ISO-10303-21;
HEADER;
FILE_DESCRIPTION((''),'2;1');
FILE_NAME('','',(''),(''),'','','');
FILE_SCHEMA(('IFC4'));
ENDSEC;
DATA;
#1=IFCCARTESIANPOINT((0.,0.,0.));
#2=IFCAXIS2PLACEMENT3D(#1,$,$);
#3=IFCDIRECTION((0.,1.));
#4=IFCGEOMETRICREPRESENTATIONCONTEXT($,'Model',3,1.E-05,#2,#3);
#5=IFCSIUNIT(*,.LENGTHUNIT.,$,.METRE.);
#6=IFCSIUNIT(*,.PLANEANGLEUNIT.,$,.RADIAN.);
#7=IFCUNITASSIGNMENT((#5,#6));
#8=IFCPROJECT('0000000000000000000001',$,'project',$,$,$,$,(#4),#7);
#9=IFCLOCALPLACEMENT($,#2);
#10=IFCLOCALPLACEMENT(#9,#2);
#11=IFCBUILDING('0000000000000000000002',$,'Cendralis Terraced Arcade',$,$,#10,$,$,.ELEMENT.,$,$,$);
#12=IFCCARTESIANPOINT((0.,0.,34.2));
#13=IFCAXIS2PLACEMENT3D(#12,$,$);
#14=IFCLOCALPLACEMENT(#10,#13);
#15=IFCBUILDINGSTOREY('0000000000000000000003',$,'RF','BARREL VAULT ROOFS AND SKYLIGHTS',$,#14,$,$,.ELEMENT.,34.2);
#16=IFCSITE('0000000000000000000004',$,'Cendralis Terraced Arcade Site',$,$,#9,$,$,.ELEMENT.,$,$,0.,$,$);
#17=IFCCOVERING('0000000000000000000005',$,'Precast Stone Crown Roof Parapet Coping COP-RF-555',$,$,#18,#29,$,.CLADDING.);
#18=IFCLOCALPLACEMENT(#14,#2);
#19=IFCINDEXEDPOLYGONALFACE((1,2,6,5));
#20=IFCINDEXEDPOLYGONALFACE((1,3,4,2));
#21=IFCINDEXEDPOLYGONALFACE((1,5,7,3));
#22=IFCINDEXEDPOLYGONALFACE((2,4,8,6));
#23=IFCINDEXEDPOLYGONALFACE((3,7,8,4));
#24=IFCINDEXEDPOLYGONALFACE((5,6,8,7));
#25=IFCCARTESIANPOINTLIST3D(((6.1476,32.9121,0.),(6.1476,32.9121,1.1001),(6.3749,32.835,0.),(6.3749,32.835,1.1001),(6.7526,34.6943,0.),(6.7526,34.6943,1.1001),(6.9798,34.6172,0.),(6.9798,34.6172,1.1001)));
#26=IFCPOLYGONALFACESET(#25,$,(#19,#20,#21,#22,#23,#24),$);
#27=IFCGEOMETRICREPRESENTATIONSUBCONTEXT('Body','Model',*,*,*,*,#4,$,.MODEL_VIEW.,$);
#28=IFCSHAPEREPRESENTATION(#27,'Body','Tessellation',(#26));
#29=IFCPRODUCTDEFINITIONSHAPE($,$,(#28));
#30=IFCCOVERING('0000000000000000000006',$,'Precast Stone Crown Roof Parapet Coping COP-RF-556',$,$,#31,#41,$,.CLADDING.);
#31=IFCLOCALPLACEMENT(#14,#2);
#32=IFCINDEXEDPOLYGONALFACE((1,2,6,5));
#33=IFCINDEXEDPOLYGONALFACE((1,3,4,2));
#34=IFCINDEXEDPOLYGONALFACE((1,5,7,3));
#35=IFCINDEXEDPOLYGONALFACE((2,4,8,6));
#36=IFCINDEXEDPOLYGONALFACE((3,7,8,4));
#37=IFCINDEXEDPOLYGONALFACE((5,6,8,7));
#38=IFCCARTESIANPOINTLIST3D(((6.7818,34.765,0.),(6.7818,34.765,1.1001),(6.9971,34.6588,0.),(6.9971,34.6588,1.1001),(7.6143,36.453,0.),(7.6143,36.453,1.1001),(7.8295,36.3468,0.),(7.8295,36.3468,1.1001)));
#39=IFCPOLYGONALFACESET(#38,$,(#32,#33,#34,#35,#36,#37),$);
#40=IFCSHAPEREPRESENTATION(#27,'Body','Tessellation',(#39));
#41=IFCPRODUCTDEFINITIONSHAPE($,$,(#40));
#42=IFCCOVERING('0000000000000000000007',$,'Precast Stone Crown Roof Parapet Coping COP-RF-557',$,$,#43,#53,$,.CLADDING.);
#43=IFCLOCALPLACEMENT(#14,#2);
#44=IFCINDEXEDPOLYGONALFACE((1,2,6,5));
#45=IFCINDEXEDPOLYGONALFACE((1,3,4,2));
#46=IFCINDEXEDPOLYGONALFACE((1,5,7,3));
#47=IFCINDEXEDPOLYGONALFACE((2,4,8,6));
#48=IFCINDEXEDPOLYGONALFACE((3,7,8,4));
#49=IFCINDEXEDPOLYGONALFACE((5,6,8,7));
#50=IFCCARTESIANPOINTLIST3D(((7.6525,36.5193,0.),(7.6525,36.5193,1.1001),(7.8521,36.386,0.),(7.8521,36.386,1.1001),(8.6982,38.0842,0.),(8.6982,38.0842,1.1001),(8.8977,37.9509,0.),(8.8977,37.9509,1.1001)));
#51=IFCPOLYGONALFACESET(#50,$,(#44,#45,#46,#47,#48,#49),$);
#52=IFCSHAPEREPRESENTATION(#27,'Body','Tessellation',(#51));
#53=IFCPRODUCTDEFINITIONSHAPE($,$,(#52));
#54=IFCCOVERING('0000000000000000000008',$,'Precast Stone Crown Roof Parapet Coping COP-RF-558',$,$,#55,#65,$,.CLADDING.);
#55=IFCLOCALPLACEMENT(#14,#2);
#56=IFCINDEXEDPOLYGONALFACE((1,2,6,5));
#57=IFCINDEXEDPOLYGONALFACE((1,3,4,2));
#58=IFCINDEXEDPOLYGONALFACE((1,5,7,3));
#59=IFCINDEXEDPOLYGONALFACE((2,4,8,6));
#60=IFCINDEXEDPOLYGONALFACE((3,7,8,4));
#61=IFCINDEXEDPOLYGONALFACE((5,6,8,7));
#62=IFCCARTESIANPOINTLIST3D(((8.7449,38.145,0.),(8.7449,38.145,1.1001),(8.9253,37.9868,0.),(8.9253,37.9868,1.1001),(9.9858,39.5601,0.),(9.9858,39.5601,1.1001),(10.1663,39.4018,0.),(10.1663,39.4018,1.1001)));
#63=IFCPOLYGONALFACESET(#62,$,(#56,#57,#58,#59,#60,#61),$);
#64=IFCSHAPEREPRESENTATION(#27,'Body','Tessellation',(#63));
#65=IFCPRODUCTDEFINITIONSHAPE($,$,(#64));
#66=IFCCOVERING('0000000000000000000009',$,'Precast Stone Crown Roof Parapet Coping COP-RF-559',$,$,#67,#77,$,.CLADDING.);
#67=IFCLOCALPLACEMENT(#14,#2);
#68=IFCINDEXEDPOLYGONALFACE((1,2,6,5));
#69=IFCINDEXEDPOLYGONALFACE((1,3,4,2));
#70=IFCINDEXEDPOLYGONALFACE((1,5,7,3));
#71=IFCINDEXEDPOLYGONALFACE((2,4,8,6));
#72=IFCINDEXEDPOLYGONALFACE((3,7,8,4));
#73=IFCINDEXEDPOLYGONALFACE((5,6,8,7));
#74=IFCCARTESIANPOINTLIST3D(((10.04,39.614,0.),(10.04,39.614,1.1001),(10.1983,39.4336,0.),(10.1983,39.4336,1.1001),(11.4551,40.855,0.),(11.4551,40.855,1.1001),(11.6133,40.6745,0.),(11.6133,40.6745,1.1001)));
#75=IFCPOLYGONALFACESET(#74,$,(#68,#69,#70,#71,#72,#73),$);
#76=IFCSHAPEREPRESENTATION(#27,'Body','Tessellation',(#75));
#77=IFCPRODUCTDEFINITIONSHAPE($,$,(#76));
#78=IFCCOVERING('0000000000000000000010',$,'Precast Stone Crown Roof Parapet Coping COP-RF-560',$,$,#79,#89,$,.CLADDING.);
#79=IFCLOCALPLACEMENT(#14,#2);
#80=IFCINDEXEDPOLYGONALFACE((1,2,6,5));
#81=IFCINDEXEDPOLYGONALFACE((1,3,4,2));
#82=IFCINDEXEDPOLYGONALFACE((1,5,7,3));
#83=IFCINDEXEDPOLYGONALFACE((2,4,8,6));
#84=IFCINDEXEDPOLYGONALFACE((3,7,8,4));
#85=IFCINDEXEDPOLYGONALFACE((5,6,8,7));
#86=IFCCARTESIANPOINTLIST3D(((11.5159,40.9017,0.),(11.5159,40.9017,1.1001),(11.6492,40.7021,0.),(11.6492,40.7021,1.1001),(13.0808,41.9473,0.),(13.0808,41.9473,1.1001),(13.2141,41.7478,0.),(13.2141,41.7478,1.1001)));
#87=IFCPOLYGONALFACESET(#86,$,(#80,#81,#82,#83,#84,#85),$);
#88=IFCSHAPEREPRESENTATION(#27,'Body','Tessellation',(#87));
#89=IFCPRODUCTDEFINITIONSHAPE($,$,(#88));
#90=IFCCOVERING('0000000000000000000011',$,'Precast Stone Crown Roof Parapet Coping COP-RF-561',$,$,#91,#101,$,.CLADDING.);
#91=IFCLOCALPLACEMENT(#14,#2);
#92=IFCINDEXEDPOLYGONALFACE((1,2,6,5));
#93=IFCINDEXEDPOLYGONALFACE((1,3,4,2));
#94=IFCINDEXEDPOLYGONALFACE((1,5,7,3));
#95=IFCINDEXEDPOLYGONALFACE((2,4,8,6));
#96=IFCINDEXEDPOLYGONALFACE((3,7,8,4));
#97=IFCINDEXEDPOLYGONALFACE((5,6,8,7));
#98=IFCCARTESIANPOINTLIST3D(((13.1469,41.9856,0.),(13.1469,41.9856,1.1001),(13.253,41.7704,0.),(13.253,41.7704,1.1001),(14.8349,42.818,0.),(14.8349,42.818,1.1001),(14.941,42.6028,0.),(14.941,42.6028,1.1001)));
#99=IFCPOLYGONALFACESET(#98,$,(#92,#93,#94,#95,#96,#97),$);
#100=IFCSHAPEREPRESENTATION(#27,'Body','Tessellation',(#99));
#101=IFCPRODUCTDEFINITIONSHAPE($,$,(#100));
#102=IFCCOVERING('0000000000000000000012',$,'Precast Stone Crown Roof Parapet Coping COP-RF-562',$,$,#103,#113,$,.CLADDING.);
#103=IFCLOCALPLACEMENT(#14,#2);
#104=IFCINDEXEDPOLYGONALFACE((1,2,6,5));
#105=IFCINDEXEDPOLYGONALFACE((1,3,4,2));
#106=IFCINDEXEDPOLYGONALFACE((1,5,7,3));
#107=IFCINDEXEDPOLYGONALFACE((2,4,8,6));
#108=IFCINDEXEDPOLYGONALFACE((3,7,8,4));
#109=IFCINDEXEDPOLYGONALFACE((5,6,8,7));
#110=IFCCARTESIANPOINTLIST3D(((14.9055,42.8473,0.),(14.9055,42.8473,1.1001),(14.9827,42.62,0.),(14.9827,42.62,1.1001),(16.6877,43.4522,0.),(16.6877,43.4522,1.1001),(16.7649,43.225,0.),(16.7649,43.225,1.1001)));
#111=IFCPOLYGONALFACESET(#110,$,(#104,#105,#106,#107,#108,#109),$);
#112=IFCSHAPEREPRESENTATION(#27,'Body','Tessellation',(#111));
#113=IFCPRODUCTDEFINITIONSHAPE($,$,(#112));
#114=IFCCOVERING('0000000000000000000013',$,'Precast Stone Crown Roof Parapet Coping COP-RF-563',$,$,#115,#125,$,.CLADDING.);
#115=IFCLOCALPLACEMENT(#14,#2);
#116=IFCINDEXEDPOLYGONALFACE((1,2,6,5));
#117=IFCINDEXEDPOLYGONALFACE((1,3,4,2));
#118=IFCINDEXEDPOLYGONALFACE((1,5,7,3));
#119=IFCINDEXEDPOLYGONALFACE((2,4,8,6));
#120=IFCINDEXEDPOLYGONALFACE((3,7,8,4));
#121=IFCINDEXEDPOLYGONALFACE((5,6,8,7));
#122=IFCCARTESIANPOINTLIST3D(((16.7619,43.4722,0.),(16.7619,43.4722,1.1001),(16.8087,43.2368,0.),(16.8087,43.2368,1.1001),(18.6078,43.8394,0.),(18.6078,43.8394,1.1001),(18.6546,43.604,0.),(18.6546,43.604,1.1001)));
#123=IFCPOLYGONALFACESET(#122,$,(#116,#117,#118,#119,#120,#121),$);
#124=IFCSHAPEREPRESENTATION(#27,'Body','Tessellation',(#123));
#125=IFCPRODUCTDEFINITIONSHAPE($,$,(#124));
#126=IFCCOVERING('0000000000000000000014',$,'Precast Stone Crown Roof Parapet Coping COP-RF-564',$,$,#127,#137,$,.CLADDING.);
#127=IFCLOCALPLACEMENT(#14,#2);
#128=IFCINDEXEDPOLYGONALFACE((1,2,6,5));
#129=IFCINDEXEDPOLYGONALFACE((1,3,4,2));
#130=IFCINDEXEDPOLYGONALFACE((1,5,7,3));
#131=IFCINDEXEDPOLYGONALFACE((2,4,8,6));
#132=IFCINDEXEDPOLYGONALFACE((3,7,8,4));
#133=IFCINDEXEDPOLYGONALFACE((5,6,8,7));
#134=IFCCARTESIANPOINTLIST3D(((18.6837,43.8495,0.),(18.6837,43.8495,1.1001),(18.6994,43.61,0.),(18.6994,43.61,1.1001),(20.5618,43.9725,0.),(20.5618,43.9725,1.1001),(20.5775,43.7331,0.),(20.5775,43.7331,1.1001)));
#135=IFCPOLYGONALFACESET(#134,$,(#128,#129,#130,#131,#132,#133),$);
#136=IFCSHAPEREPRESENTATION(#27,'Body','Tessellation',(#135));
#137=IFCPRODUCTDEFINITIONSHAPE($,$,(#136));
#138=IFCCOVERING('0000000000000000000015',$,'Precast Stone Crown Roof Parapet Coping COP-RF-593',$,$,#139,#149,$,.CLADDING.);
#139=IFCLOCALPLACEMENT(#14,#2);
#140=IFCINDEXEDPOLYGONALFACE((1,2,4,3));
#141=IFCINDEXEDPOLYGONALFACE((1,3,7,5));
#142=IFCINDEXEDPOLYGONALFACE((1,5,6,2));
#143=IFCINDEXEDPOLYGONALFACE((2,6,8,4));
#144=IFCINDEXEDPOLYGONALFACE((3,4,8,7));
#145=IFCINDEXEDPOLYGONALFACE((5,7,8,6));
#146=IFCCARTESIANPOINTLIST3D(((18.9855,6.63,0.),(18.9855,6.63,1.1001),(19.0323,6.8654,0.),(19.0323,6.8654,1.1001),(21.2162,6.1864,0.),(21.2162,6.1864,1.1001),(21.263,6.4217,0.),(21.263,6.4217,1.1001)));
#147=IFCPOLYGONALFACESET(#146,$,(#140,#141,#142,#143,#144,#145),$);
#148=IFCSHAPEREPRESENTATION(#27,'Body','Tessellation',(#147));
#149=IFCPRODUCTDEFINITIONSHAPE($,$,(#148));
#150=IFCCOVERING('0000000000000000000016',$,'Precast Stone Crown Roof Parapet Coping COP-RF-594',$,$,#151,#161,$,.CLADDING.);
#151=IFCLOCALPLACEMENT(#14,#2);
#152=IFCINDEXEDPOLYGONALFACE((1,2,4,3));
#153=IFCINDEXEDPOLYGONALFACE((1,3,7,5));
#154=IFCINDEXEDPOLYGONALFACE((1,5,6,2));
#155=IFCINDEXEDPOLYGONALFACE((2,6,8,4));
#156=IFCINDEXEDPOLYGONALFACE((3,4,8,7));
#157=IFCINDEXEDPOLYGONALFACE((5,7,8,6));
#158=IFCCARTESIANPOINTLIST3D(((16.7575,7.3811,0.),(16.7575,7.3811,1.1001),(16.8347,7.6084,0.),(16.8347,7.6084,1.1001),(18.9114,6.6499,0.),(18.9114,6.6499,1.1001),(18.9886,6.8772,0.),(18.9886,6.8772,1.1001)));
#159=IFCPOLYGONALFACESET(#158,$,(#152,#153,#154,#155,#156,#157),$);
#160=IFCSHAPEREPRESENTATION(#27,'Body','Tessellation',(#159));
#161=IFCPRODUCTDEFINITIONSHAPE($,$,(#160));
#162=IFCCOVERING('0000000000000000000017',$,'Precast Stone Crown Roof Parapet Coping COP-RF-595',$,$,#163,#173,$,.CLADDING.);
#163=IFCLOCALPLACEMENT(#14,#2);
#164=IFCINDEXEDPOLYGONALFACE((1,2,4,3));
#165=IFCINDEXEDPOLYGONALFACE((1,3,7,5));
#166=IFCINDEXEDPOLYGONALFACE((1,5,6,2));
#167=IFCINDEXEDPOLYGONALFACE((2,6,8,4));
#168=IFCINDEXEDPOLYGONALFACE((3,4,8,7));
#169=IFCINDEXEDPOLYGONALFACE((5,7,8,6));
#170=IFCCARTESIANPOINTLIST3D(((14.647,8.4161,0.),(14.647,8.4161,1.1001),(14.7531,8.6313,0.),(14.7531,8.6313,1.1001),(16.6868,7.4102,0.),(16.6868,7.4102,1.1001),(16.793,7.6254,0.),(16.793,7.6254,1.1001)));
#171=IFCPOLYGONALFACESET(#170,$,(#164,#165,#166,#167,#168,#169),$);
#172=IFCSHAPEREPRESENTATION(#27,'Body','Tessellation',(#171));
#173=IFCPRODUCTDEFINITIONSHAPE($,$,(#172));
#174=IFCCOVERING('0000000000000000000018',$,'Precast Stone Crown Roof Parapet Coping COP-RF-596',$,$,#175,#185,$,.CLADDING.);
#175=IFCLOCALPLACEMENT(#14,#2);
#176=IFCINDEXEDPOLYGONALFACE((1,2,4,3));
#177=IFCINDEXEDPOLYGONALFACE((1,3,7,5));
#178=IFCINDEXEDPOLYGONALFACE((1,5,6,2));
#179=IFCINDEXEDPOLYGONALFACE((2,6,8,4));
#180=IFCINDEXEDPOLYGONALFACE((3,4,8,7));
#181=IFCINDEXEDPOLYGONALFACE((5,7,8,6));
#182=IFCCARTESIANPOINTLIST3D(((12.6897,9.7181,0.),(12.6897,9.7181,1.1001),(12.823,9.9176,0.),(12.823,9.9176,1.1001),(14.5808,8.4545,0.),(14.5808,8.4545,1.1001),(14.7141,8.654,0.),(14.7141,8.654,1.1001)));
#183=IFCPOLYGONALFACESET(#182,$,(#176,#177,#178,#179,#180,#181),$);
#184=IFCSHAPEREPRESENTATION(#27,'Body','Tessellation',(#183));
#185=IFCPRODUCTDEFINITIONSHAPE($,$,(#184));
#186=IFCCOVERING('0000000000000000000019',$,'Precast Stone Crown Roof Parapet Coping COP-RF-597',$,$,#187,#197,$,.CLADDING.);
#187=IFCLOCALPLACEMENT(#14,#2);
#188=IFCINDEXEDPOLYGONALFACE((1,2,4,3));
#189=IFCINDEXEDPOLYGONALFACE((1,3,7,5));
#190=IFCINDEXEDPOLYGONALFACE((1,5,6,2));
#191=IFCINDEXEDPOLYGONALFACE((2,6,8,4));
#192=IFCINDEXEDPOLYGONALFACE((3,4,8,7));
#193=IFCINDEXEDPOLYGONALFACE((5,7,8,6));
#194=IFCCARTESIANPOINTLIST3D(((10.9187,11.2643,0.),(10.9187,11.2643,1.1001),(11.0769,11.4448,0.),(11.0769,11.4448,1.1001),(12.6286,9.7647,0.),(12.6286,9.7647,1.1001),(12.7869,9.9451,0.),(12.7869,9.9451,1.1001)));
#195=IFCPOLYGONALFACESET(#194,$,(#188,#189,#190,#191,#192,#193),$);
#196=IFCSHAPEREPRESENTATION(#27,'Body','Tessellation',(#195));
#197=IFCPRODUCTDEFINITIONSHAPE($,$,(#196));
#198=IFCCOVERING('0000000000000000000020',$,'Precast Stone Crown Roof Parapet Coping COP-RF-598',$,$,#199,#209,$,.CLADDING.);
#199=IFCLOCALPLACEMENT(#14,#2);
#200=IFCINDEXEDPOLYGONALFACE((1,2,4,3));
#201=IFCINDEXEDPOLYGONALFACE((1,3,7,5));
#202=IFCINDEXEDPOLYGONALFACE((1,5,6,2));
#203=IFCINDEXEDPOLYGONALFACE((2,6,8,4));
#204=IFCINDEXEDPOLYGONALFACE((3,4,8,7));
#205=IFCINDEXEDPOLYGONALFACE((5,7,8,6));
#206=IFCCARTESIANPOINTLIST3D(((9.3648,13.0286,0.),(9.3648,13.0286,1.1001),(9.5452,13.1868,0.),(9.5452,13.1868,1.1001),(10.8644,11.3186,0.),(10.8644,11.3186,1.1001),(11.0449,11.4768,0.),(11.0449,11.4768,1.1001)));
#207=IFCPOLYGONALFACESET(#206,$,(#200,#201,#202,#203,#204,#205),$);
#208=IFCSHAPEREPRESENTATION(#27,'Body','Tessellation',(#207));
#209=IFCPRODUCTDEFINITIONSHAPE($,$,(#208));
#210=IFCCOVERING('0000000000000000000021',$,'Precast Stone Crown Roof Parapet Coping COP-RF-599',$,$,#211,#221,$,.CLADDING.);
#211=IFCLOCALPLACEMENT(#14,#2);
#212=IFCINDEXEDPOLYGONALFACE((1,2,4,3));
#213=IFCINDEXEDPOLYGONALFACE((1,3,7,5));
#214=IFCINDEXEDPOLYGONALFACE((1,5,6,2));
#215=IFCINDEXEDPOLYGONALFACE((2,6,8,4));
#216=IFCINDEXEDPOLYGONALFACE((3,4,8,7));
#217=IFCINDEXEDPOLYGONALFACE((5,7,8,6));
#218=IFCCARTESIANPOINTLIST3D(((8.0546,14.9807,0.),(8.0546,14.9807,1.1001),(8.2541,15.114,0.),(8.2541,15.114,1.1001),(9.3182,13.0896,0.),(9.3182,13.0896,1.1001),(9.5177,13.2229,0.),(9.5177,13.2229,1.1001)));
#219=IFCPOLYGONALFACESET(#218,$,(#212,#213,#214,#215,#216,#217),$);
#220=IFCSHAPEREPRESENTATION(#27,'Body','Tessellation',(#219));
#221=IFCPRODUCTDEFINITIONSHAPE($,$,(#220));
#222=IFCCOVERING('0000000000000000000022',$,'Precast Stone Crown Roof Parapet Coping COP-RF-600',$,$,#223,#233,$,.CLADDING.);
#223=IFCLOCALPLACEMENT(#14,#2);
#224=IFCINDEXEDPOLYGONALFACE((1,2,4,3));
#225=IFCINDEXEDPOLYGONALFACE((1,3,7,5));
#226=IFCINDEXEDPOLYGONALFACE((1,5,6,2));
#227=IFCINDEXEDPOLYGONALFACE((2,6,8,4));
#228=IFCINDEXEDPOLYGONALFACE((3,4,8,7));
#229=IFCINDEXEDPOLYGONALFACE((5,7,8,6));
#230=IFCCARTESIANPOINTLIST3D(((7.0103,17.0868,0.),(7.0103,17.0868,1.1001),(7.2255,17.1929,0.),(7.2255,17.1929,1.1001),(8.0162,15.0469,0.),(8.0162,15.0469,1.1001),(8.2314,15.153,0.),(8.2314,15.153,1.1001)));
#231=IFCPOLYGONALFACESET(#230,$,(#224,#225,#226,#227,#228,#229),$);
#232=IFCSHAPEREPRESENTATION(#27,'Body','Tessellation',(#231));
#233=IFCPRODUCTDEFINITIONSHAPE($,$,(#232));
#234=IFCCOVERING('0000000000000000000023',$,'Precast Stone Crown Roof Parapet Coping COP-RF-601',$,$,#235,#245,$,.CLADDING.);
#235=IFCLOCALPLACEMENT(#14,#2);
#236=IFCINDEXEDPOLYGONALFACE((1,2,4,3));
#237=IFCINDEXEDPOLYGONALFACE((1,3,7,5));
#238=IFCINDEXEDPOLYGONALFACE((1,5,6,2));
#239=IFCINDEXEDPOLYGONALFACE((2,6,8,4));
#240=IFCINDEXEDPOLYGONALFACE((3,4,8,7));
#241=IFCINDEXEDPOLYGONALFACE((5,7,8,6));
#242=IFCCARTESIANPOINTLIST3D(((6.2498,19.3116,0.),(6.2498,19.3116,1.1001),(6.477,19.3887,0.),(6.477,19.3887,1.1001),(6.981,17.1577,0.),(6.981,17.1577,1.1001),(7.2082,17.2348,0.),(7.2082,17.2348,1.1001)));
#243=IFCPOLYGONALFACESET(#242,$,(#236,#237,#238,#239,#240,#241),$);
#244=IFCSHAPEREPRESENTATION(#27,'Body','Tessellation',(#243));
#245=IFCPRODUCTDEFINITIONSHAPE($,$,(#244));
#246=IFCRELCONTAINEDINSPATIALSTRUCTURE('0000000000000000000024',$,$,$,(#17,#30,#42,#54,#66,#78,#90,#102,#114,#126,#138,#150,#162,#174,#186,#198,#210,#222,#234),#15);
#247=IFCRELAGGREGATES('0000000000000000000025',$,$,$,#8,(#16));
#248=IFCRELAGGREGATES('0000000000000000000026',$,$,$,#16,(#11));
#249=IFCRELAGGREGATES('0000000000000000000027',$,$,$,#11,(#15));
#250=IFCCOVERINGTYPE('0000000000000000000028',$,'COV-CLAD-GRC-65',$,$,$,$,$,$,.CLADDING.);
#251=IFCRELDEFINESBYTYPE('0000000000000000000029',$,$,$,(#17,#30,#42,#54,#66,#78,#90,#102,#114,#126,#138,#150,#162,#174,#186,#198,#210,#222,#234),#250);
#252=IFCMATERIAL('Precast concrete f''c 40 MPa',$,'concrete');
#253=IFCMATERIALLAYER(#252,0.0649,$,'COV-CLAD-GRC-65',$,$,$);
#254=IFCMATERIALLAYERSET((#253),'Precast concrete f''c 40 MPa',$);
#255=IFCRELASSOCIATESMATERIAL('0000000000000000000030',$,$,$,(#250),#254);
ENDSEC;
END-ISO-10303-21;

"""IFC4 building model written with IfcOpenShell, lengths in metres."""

from ifc_helpers import new_model, si_unit, direction, frame, origin, origin_2d, place, context, subcontext, project, spatial, rectangle, extrude, material, layer, layer_set, type_object, element, save


model = new_model("IFC4")

# Units and contexts
model_context = context("Model", 3, precision=1e-05, world=origin(), true_north=direction((0.0, 1.0)))
body_context = subcontext(model_context, "Body", "Model", "MODEL_VIEW")
ifc_project = project(units=[si_unit("LENGTHUNIT", "METRE"), si_unit("PLANEANGLEUNIT", "RADIAN")], contexts=[model_context])

# Site, building, storey
site_placement = place(None, origin())
site = spatial("IfcSite", under=ifc_project, at=site_placement, Name="Cendralis Terraced Arcade Site", CompositionType="ELEMENT", RefElevation=0.0)
building_placement = place(site_placement, origin())
building = spatial("IfcBuilding", under=site, at=building_placement, Name="Cendralis Terraced Arcade", CompositionType="ELEMENT")
storey_placement = place(building_placement, frame((0.0, 0.0, 34.2)))
storey = spatial("IfcBuildingStorey", under=building, at=storey_placement, Name="RF", Description="BARREL VAULT ROOFS AND SKYLIGHTS", CompositionType="ELEMENT", Elevation=34.2)

# Coverings
ifc_material_1 = material(Name="Precast concrete f'c 40 MPa", Category="concrete")
ifc_layer_1 = layer(ifc_material_1, 0.0649, Name="COV-CLAD-GRC-65")
ifc_layer_set_1 = layer_set([ifc_layer_1], Name="Precast concrete f'c 40 MPa")
covering_type_1 = type_object("IfcCoveringType", Name="COV-CLAD-GRC-65", PredefinedType="CLADDING", material=ifc_layer_set_1)
for number, where, z_axis, x_axis, name in (
    (1, (6.5637, 33.7646, 0.0), (0.0, 0.0, 1.0), (0.321439, 0.94693, 0.0), "Precast Stone Crown Roof Parapet Coping COP-RF-555"),
    (2, (7.3057, 35.5559, 0.0), (0.0, 0.0, 1.0), (0.442289, 0.896873, 0.0), "Precast Stone Crown Roof Parapet Coping COP-RF-556"),
    (3, (8.2751, 37.2351, 0.0), (0.0, 0.0, 1.0), (0.555585, 0.83146, 0.0), "Precast Stone Crown Roof Parapet Coping COP-RF-557"),
    (4, (9.4556, 38.7734, 0.0), (0.0, 0.0, 1.0), (0.659346, 0.75184, 0.0), "Precast Stone Crown Roof Parapet Coping COP-RF-558"),
    (5, (10.8267, 40.1443, 0.0), (0.0, 0.0, 1.0), (0.75184, 0.659346, 0.0), "Precast Stone Crown Roof Parapet Coping COP-RF-559"),
    (6, (12.365, 41.3247, 0.0), (0.0, 0.0, 1.0), (0.83146, 0.555585, 0.0), "Precast Stone Crown Roof Parapet Coping COP-RF-560"),
    (7, (14.0439, 42.2942, 0.0), (0.0, 0.0, 1.0), (0.896873, 0.442289, 0.0), "Precast Stone Crown Roof Parapet Coping COP-RF-561"),
    (8, (15.8352, 43.0361, 0.0), (0.0, 0.0, 1.0), (0.94693, 0.321439, 0.0), "Precast Stone Crown Roof Parapet Coping COP-RF-562"),
    (9, (17.7083, 43.5381, 0.0), (0.0, 0.0, 1.0), (0.980785, 0.19509, 0.0), "Precast Stone Crown Roof Parapet Coping COP-RF-563"),
    (10, (19.6306, 43.7913, 0.0), (0.0, 0.0, 1.0), (0.99786, 0.065386, 0.0), "Precast Stone Crown Roof Parapet Coping COP-RF-564"),
):
    element("IfcCovering", number, at=place(storey_placement, frame(where, z_axis=z_axis, x_axis=x_axis)), inside=storey, type_object=covering_type_1, Name=name, PredefinedType="CLADDING", context=body_context, shape_type="SweptSolid", body=[
        extrude(rectangle(XDim=1.8821, YDim=0.24, at=origin_2d()), origin(), (0.0, 0.0, 1.0), 1.1001),
    ])
covering_1_placement = place(storey_placement, frame((20.1243, 6.5259, 0.0), z_axis=(0.0, 0.0, 1.0), x_axis=(-0.980789, 0.195073, 0.0)))
element("IfcCovering", 11, at=covering_1_placement, inside=storey, type_object=covering_type_1, Name="Precast Stone Crown Roof Parapet Coping COP-RF-593", PredefinedType="CLADDING", context=body_context, shape_type="SweptSolid", body=[
    extrude(rectangle(XDim=2.2744, YDim=0.24, at=origin_2d()), origin(), (0.0, 0.0, 1.0), 1.1001),
])
covering_2_placement = place(storey_placement, frame((17.873, 7.1292, 0.0), z_axis=(0.0, 0.0, 1.0), x_axis=(-0.946925, 0.321456, 0.0)))
element("IfcCovering", 12, at=covering_2_placement, inside=storey, type_object=covering_type_1, Name="Precast Stone Crown Roof Parapet Coping COP-RF-594", PredefinedType="CLADDING", context=body_context, shape_type="SweptSolid", body=[
    extrude(rectangle(XDim=2.2747, YDim=0.24, at=origin_2d()), origin(), (0.0, 0.0, 1.0), 1.1001),
])
for number, where, z_axis, x_axis, name in (
    (13, (15.72, 8.0208, 0.0), (0.0, 0.0, 1.0), (-0.896888, 0.442257, 0.0), "Precast Stone Crown Roof Parapet Coping COP-RF-595"),
    (14, (13.7019, 9.186, 0.0), (0.0, 0.0, 1.0), (-0.83147, 0.55557, 0.0), "Precast Stone Crown Roof Parapet Coping COP-RF-596"),
    (15, (11.8528, 10.6047, 0.0), (0.0, 0.0, 1.0), (-0.751828, 0.659359, 0.0), "Precast Stone Crown Roof Parapet Coping COP-RF-597"),
    (16, (10.2048, 12.2527, 0.0), (0.0, 0.0, 1.0), (-0.659359, 0.751828, 0.0), "Precast Stone Crown Roof Parapet Coping COP-RF-598"),
    (17, (8.7861, 14.1018, 0.0), (0.0, 0.0, 1.0), (-0.55557, 0.83147, 0.0), "Precast Stone Crown Roof Parapet Coping COP-RF-599"),
    (18, (7.6208, 16.1199, 0.0), (0.0, 0.0, 1.0), (-0.442257, 0.896888, 0.0), "Precast Stone Crown Roof Parapet Coping COP-RF-600"),
):
    element("IfcCovering", number, at=place(storey_placement, frame(where, z_axis=z_axis, x_axis=x_axis)), inside=storey, type_object=covering_type_1, Name=name, PredefinedType="CLADDING", context=body_context, shape_type="SweptSolid", body=[
        extrude(rectangle(XDim=2.2744, YDim=0.24, at=origin_2d()), origin(), (0.0, 0.0, 1.0), 1.1001),
    ])
covering_3_placement = place(storey_placement, frame((6.729, 18.2732, 0.0), z_axis=(0.0, 0.0, 1.0), x_axis=(-0.321456, 0.946925, 0.0)))
element("IfcCovering", 19, at=covering_3_placement, inside=storey, type_object=covering_type_1, Name="Precast Stone Crown Roof Parapet Coping COP-RF-601", PredefinedType="CLADDING", context=body_context, shape_type="SweptSolid", body=[
    extrude(rectangle(XDim=2.2747, YDim=0.24, at=origin_2d()), origin(), (0.0, 0.0, 1.0), 1.1001),
])

save(model, "model.ifc")
